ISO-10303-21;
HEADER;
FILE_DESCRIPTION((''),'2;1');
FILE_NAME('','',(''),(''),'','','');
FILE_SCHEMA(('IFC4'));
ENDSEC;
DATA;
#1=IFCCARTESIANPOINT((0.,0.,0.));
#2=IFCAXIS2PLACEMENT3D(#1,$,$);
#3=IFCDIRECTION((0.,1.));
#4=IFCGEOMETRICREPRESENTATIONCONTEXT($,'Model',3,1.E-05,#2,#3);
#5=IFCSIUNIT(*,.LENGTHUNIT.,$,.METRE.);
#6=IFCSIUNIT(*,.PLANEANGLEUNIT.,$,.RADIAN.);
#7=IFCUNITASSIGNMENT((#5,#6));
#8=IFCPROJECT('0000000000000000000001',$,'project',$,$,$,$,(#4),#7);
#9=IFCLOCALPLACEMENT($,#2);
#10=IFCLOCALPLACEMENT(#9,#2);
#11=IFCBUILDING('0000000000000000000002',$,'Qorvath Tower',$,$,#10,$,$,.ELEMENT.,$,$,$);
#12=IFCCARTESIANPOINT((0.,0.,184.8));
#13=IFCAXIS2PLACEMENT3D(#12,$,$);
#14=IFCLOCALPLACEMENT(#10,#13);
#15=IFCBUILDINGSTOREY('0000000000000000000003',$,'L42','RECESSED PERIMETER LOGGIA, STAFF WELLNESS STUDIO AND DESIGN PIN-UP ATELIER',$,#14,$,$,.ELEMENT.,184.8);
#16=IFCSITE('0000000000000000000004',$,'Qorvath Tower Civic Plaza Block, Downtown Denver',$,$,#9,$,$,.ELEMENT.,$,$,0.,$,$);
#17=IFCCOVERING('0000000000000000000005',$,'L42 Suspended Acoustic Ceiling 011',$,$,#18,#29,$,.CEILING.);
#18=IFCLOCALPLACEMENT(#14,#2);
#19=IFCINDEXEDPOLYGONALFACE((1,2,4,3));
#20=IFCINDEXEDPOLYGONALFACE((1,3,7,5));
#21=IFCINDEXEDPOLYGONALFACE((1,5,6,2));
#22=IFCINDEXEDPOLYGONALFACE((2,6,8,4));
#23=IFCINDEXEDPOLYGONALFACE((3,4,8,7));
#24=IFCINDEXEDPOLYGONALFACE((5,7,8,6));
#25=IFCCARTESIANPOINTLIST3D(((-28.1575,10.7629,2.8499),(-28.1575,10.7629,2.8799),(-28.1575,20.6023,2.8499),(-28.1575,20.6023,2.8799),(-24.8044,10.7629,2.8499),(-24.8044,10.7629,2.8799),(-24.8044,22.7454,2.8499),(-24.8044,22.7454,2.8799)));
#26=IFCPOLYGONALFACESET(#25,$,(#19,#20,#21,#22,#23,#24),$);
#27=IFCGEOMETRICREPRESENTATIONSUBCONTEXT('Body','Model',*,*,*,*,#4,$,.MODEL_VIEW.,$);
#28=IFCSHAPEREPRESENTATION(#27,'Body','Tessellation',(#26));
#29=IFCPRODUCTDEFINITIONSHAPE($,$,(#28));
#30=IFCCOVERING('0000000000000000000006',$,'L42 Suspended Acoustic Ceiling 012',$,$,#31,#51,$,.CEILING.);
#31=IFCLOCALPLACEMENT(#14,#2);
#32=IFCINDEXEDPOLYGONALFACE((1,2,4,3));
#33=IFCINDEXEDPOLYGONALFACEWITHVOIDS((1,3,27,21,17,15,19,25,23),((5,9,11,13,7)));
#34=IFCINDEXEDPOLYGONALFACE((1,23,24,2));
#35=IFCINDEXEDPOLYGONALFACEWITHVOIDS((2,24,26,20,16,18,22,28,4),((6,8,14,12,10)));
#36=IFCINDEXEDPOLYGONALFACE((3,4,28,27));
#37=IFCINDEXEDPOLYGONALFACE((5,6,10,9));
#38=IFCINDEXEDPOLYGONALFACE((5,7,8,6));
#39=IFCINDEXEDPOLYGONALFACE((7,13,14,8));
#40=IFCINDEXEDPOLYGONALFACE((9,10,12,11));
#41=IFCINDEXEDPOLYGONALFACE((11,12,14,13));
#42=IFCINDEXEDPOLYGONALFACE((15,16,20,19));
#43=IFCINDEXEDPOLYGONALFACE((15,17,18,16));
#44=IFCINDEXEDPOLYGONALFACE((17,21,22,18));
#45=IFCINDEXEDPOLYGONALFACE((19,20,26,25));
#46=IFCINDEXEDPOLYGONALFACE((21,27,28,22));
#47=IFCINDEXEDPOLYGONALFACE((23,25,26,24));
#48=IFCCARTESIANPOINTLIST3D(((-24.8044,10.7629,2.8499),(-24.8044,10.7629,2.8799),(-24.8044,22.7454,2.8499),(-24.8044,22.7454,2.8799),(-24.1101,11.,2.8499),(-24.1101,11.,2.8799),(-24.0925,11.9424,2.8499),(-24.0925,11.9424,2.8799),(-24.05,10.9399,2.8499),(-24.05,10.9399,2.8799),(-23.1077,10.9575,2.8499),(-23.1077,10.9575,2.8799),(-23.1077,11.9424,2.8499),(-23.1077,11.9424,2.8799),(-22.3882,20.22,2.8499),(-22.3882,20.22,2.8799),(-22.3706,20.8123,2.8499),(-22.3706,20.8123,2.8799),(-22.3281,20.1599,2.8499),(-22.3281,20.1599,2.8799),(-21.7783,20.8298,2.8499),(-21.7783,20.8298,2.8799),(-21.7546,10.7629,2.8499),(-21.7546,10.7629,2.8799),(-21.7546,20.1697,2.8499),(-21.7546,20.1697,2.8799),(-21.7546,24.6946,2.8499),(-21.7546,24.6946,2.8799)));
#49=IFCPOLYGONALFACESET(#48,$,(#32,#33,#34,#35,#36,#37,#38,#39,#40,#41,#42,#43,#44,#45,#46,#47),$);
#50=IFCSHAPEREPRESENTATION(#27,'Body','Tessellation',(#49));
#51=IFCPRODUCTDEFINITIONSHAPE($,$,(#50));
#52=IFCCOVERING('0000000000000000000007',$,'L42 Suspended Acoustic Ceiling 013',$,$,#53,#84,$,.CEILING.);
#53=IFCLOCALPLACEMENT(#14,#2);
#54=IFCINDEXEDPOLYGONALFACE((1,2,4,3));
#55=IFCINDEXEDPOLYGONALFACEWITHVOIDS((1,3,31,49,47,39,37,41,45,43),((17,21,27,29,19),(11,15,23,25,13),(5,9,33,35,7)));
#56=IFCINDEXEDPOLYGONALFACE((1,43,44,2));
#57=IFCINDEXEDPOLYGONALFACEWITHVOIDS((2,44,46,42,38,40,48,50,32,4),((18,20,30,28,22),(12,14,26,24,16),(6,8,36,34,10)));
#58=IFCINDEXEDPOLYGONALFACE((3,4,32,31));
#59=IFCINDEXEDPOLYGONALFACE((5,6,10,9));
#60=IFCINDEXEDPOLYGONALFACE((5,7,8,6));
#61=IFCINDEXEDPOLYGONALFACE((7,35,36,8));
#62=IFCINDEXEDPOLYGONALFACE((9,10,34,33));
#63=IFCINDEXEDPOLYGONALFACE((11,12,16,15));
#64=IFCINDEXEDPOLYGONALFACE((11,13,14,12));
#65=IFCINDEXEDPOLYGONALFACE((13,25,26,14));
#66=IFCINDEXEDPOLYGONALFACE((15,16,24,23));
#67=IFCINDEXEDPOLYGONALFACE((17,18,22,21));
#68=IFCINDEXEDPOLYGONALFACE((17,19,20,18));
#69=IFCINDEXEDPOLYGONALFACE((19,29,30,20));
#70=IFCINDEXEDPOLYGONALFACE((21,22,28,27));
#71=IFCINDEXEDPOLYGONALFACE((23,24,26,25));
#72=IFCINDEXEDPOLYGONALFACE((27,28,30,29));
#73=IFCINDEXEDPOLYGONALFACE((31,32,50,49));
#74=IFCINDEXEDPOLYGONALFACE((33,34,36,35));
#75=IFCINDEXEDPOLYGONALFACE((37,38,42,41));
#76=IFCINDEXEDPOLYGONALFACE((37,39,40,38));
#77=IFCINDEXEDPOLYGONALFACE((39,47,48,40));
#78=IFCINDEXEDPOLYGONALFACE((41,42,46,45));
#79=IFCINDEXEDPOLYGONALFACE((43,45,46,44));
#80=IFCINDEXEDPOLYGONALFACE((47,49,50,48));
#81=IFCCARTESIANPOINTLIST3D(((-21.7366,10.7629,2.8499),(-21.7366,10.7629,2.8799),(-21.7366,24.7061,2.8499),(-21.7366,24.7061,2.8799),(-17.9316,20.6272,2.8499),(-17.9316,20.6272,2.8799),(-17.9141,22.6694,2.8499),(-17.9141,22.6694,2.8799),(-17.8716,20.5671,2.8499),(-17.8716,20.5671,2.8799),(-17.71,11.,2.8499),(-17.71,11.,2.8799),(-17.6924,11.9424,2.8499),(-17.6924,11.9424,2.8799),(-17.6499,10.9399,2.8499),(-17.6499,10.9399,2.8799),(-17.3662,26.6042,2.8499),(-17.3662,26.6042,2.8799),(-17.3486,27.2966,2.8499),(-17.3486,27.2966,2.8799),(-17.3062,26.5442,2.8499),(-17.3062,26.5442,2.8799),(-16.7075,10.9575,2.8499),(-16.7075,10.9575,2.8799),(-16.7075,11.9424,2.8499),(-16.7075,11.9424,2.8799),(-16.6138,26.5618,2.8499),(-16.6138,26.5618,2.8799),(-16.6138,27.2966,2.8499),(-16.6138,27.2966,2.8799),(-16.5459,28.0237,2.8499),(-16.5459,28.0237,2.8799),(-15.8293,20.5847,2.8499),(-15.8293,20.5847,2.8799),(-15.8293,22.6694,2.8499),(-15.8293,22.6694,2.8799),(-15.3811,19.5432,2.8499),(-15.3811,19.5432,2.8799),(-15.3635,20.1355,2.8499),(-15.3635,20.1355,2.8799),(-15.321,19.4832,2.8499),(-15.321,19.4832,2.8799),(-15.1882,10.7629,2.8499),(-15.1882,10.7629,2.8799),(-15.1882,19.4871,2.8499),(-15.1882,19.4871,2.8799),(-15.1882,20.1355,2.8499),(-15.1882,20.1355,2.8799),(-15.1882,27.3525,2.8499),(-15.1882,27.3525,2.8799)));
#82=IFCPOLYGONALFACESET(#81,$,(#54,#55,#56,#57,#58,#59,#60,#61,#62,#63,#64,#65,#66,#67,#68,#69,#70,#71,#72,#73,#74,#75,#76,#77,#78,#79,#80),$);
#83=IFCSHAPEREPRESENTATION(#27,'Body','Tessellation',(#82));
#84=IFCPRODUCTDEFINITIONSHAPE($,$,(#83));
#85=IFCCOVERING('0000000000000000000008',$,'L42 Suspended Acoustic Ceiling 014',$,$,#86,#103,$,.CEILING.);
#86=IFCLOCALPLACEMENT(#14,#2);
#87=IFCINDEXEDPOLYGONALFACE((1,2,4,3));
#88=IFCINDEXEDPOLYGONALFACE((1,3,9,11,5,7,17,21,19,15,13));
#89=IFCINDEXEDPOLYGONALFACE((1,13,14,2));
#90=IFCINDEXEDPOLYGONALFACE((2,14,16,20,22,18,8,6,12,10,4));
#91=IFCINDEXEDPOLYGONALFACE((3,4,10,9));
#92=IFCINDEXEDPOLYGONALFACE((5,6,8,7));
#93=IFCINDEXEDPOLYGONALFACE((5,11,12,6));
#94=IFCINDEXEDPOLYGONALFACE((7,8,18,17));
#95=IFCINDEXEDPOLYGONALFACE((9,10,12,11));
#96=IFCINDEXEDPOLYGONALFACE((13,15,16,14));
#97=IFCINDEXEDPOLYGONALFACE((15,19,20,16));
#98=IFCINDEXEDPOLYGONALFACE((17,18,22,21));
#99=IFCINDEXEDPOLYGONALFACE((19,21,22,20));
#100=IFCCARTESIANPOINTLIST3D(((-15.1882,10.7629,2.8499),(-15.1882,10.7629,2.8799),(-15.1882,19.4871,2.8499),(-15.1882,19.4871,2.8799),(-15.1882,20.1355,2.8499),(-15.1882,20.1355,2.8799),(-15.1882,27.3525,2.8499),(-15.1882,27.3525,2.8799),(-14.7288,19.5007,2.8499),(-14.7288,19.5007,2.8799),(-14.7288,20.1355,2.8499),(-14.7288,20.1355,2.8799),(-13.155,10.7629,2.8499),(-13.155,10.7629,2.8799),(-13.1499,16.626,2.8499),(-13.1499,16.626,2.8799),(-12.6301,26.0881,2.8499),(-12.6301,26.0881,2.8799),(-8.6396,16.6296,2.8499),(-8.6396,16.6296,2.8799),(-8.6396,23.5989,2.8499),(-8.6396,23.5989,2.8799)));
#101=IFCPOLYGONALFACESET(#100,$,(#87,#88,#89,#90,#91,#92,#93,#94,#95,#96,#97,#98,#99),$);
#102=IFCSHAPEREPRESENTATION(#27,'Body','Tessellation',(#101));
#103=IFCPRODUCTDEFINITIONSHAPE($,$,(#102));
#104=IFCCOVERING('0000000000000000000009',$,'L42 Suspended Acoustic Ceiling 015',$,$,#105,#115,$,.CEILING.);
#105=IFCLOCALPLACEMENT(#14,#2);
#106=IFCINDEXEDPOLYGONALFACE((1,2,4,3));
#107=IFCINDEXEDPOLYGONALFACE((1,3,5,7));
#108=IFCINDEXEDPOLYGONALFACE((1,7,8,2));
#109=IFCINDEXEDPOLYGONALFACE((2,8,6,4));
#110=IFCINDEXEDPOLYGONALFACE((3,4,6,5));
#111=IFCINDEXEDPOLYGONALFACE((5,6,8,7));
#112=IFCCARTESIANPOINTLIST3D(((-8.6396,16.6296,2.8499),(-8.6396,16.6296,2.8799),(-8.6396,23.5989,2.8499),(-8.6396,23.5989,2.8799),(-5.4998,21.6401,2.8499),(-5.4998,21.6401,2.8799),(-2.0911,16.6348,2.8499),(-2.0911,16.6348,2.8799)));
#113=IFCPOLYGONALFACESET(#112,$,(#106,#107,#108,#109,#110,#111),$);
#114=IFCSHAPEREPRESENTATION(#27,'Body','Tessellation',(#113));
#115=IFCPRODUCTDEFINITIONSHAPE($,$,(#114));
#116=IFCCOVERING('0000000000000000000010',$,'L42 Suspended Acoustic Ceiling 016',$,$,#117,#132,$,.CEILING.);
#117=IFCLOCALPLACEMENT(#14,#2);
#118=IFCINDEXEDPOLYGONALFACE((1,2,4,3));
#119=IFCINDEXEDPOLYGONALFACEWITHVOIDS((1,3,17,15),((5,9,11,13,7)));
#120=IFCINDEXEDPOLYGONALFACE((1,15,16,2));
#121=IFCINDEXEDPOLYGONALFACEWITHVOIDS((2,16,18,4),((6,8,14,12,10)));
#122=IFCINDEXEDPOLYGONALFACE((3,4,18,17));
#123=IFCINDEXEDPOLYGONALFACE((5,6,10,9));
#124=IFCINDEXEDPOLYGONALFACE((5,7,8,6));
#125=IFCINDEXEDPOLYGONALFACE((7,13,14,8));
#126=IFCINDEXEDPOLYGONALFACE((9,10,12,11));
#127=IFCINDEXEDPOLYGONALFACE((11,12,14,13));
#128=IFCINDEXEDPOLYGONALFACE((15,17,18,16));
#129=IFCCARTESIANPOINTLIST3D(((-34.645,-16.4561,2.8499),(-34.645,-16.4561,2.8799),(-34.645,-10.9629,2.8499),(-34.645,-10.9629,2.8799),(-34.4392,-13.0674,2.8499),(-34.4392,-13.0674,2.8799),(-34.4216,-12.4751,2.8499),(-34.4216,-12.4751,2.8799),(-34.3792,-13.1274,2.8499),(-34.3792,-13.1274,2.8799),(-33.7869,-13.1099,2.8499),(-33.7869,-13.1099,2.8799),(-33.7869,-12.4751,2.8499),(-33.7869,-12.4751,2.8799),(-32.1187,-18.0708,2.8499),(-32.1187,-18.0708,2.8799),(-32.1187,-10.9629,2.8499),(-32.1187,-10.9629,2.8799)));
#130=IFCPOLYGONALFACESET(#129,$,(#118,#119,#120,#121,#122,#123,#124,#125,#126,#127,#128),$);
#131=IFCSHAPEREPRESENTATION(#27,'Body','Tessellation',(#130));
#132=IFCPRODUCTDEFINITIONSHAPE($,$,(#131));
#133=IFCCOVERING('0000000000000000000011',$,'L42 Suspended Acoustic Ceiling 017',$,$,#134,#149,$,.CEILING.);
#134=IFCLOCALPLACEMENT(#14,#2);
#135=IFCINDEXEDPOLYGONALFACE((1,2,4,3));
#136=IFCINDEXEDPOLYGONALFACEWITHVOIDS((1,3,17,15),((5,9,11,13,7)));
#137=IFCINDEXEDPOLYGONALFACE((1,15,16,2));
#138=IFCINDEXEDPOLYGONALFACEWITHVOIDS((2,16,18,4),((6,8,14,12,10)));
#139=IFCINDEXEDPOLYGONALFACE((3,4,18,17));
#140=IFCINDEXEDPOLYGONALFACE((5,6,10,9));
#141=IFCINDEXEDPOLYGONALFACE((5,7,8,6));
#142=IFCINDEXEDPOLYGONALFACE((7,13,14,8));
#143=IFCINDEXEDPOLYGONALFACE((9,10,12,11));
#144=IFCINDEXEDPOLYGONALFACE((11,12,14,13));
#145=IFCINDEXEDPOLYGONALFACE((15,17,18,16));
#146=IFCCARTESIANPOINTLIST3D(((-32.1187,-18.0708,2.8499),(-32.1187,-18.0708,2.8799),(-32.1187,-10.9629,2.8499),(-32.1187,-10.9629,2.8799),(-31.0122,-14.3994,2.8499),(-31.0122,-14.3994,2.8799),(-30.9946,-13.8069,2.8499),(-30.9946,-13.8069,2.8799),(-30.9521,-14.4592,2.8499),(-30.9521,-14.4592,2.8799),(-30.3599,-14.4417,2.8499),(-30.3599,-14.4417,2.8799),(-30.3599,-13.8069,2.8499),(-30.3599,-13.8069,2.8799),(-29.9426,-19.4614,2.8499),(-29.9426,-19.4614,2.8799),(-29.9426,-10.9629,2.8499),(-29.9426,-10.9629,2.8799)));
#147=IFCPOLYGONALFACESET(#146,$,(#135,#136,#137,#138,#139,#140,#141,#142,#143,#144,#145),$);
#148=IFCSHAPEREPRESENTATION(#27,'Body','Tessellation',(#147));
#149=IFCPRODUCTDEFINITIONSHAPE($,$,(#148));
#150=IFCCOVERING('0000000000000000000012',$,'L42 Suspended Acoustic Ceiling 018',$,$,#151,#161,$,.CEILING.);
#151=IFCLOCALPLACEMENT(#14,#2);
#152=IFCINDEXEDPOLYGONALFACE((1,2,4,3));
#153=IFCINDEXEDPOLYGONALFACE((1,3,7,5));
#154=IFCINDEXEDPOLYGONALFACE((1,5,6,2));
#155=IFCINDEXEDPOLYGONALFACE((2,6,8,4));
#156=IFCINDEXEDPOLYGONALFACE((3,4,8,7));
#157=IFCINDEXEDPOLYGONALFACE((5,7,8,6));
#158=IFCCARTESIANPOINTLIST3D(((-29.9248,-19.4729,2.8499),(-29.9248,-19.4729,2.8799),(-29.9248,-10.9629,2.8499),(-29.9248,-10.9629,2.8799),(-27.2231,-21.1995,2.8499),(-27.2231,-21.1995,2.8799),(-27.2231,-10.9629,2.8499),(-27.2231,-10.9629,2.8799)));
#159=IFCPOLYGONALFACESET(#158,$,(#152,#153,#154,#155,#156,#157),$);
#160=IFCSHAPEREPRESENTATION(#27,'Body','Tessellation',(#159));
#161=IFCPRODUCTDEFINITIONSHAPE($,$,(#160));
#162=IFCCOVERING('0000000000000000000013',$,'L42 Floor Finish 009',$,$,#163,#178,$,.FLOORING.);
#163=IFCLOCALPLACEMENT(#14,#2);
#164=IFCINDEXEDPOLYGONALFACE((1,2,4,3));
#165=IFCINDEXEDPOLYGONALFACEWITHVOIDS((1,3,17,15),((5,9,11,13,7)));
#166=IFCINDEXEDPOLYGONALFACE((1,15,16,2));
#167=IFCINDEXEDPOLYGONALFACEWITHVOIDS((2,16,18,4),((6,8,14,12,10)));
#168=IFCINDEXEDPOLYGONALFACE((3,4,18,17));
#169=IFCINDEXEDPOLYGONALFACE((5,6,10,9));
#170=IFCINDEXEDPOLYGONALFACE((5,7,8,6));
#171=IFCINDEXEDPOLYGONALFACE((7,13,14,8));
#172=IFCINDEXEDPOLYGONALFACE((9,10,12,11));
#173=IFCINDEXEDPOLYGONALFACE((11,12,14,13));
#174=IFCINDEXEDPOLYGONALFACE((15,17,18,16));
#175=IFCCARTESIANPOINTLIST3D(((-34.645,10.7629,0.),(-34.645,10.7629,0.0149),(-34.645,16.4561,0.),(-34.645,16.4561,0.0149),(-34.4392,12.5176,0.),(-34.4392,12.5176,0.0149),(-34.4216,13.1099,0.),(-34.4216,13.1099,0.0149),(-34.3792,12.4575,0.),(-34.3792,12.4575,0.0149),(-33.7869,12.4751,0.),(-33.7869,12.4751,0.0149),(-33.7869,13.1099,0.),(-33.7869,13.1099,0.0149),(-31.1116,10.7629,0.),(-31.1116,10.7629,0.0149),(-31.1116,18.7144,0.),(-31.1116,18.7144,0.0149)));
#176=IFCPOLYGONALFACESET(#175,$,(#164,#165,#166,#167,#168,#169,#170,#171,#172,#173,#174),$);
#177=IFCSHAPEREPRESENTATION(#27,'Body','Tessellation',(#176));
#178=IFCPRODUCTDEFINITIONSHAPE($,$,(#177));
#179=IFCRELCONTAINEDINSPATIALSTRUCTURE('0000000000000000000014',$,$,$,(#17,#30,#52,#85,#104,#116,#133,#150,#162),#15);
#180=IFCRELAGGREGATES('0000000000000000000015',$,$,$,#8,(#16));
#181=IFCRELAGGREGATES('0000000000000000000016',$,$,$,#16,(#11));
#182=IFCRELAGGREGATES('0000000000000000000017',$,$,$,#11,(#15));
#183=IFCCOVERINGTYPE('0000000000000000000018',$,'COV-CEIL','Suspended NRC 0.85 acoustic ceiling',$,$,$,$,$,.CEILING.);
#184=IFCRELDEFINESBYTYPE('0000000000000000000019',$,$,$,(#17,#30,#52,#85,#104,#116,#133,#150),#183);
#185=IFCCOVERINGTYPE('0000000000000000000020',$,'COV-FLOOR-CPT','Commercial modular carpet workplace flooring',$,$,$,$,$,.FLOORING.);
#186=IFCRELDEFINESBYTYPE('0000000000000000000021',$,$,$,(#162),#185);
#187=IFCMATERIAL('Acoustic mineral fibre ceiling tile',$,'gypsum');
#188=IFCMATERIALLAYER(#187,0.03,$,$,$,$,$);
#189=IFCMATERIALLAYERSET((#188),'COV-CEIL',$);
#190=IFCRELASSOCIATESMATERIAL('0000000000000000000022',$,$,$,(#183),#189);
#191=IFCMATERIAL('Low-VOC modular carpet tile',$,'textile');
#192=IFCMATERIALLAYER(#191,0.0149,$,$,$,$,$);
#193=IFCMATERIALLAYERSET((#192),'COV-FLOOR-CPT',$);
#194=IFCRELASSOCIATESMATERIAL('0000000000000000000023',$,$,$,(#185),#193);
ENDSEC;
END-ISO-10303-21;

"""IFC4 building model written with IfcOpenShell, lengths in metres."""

from ifc_helpers import new_model, si_unit, direction, frame, origin, place, context, subcontext, project, spatial, polyline, outline, extrude, material, layer, layer_set, type_object, element, save


model = new_model("IFC4")

# Units and contexts
model_context = context("Model", 3, precision=1e-05, world=origin(), true_north=direction((0.0, 1.0)))
body_context = subcontext(model_context, "Body", "Model", "MODEL_VIEW")
ifc_project = project(units=[si_unit("LENGTHUNIT", "METRE"), si_unit("PLANEANGLEUNIT", "RADIAN")], contexts=[model_context])

# Site, building, storey
site_placement = place(None, origin())
site = spatial("IfcSite", under=ifc_project, at=site_placement, Name="Qorvath Tower Civic Plaza Block, Downtown Denver", CompositionType="ELEMENT", RefElevation=0.0)
building_placement = place(site_placement, origin())
building = spatial("IfcBuilding", under=site, at=building_placement, Name="Qorvath Tower", CompositionType="ELEMENT")
storey_placement = place(building_placement, frame((0.0, 0.0, 184.8)))
storey = spatial("IfcBuildingStorey", under=building, at=storey_placement, Name="L42", Description="RECESSED PERIMETER LOGGIA, STAFF WELLNESS STUDIO AND DESIGN PIN-UP ATELIER", CompositionType="ELEMENT", Elevation=184.8)

# Coverings
ifc_material_1 = material(Name="Acoustic mineral fibre ceiling tile", Category="gypsum")
ifc_layer_1 = layer(ifc_material_1, 0.03)
ifc_layer_set_1 = layer_set([ifc_layer_1], Name="COV-CEIL")
covering_type_1 = type_object("IfcCoveringType", Name="COV-CEIL", Description="Suspended NRC 0.85 acoustic ceiling", PredefinedType="CEILING", material=ifc_layer_set_1)
covering_1_placement = place(storey_placement, frame((0.0, 0.0, 2.8499)))
element("IfcCovering", 1, at=covering_1_placement, inside=storey, type_object=covering_type_1, Name="L42 Suspended Acoustic Ceiling 011", PredefinedType="CEILING", context=body_context, shape_type="SweptSolid", body=[
    extrude(outline(polyline([(-24.8044, 10.7629), (-24.8044, 22.7454), (-28.1575, 20.6023), (-28.1575, 10.7629), (-24.8044, 10.7629)])), origin(), (0.0, 0.0, 1.0), 0.03),
])
covering_2_placement = place(storey_placement, frame((0.0, 0.0, 2.8499)))
element("IfcCovering", 2, at=covering_2_placement, inside=storey, type_object=covering_type_1, Name="L42 Suspended Acoustic Ceiling 012", PredefinedType="CEILING", context=body_context, shape_type="SweptSolid", body=[
    extrude(outline(polyline([(-21.7783, 20.8298), (-21.7546, 24.6946), (-24.8044, 22.7454), (-24.8044, 10.7629), (-21.7546, 10.7629), (-21.7546, 20.1697), (-22.3281, 20.1599), (-22.3882, 20.22), (-22.3706, 20.8123), (-21.7783, 20.8298)]), holes=[polyline([(-24.1101, 11.0), (-24.0925, 11.9424), (-23.1077, 11.9424), (-23.1077, 10.9575), (-24.05, 10.9399), (-24.1101, 11.0)])]), origin(), (0.0, 0.0, 1.0), 0.03),
])
covering_3_placement = place(storey_placement, frame((0.0, 0.0, 2.8499)))
element("IfcCovering", 3, at=covering_3_placement, inside=storey, type_object=covering_type_1, Name="L42 Suspended Acoustic Ceiling 013", PredefinedType="CEILING", context=body_context, shape_type="SweptSolid", body=[
    extrude(outline(polyline([(-21.7366, 10.7629), (-15.1882, 10.7629), (-15.1882, 19.4871), (-15.321, 19.4832), (-15.3811, 19.5432), (-15.3635, 20.1355), (-15.1882, 20.1355), (-15.1882, 27.3525), (-16.5459, 28.0237), (-21.7366, 24.7061), (-21.7366, 10.7629)]), holes=[polyline([(-17.9316, 20.6272), (-17.9141, 22.6694), (-15.8293, 22.6694), (-15.8293, 20.5847), (-17.8716, 20.5671), (-17.9316, 20.6272)]), polyline([(-17.3662, 26.6042), (-17.3486, 27.2966), (-16.6138, 27.2966), (-16.6138, 26.5618), (-17.3062, 26.5442), (-17.3662, 26.6042)]), polyline([(-17.71, 11.0), (-17.6924, 11.9424), (-16.7075, 11.9424), (-16.7075, 10.9575), (-17.6499, 10.9399), (-17.71, 11.0)])]), origin(), (0.0, 0.0, 1.0), 0.03),
])
covering_4_placement = place(storey_placement, frame((0.0, 0.0, 2.8499)))
element("IfcCovering", 4, at=covering_4_placement, inside=storey, type_object=covering_type_1, Name="L42 Suspended Acoustic Ceiling 014", PredefinedType="CEILING", context=body_context, shape_type="SweptSolid", body=[
    extrude(outline(polyline([(-15.1882, 27.3525), (-15.1882, 20.1355), (-14.7288, 20.1355), (-14.7288, 19.5007), (-15.1882, 19.4871), (-15.1882, 10.7629), (-13.155, 10.7629), (-13.1499, 16.626), (-8.6396, 16.6296), (-8.6396, 23.5989), (-12.6301, 26.0881), (-15.1882, 27.3525)])), origin(), (0.0, 0.0, 1.0), 0.03),
])
covering_5_placement = place(storey_placement, frame((0.0, 0.0, 2.8499)))
element("IfcCovering", 5, at=covering_5_placement, inside=storey, type_object=covering_type_1, Name="L42 Suspended Acoustic Ceiling 015", PredefinedType="CEILING", context=body_context, shape_type="SweptSolid", body=[
    extrude(outline(polyline([(-8.6396, 23.5989), (-8.6396, 16.6296), (-2.0911, 16.6348), (-5.4998, 21.6401), (-8.6396, 23.5989)])), origin(), (0.0, 0.0, 1.0), 0.03),
])
covering_6_placement = place(storey_placement, frame((0.0, 0.0, 2.8499)))
element("IfcCovering", 6, at=covering_6_placement, inside=storey, type_object=covering_type_1, Name="L42 Suspended Acoustic Ceiling 016", PredefinedType="CEILING", context=body_context, shape_type="SweptSolid", body=[
    extrude(outline(polyline([(-34.645, -10.9629), (-34.645, -16.4561), (-32.1187, -18.0708), (-32.1187, -10.9629), (-34.645, -10.9629)]), holes=[polyline([(-34.4392, -13.0674), (-34.4216, -12.4751), (-33.7869, -12.4751), (-33.7869, -13.1099), (-34.3792, -13.1274), (-34.4392, -13.0674)])]), origin(), (0.0, 0.0, 1.0), 0.03),
])
covering_7_placement = place(storey_placement, frame((0.0, 0.0, 2.8499)))
element("IfcCovering", 7, at=covering_7_placement, inside=storey, type_object=covering_type_1, Name="L42 Suspended Acoustic Ceiling 017", PredefinedType="CEILING", context=body_context, shape_type="SweptSolid", body=[
    extrude(outline(polyline([(-32.1187, -10.9629), (-32.1187, -18.0708), (-29.9426, -19.4614), (-29.9426, -10.9629), (-32.1187, -10.9629)]), holes=[polyline([(-31.0122, -14.3994), (-30.9946, -13.8069), (-30.3599, -13.8069), (-30.3599, -14.4417), (-30.9521, -14.4592), (-31.0122, -14.3994)])]), origin(), (0.0, 0.0, 1.0), 0.03),
])
covering_8_placement = place(storey_placement, frame((0.0, 0.0, 2.8499)))
element("IfcCovering", 8, at=covering_8_placement, inside=storey, type_object=covering_type_1, Name="L42 Suspended Acoustic Ceiling 018", PredefinedType="CEILING", context=body_context, shape_type="SweptSolid", body=[
    extrude(outline(polyline([(-27.2231, -21.1995), (-27.2231, -10.9629), (-29.9248, -10.9629), (-29.9248, -19.4729), (-27.2231, -21.1995)])), origin(), (0.0, 0.0, 1.0), 0.03),
])
ifc_material_2 = material(Name="Low-VOC modular carpet tile", Category="textile")
ifc_layer_2 = layer(ifc_material_2, 0.0149)
ifc_layer_set_2 = layer_set([ifc_layer_2], Name="COV-FLOOR-CPT")
covering_type_2 = type_object("IfcCoveringType", Name="COV-FLOOR-CPT", Description="Commercial modular carpet workplace flooring", PredefinedType="FLOORING", material=ifc_layer_set_2)
covering_9_placement = place(storey_placement, origin())
element("IfcCovering", 9, at=covering_9_placement, inside=storey, type_object=covering_type_2, Name="L42 Floor Finish 009", PredefinedType="FLOORING", context=body_context, shape_type="SweptSolid", body=[
    extrude(outline(polyline([(-31.1116, 10.7629), (-31.1116, 18.7144), (-34.645, 16.4561), (-34.645, 10.7629), (-31.1116, 10.7629)]), holes=[polyline([(-34.4392, 12.5176), (-34.4216, 13.1099), (-33.7869, 13.1099), (-33.7869, 12.4751), (-34.3792, 12.4575), (-34.4392, 12.5176)])]), origin(), (0.0, 0.0, 1.0), 0.0149),
])

save(model, "model.ifc")
